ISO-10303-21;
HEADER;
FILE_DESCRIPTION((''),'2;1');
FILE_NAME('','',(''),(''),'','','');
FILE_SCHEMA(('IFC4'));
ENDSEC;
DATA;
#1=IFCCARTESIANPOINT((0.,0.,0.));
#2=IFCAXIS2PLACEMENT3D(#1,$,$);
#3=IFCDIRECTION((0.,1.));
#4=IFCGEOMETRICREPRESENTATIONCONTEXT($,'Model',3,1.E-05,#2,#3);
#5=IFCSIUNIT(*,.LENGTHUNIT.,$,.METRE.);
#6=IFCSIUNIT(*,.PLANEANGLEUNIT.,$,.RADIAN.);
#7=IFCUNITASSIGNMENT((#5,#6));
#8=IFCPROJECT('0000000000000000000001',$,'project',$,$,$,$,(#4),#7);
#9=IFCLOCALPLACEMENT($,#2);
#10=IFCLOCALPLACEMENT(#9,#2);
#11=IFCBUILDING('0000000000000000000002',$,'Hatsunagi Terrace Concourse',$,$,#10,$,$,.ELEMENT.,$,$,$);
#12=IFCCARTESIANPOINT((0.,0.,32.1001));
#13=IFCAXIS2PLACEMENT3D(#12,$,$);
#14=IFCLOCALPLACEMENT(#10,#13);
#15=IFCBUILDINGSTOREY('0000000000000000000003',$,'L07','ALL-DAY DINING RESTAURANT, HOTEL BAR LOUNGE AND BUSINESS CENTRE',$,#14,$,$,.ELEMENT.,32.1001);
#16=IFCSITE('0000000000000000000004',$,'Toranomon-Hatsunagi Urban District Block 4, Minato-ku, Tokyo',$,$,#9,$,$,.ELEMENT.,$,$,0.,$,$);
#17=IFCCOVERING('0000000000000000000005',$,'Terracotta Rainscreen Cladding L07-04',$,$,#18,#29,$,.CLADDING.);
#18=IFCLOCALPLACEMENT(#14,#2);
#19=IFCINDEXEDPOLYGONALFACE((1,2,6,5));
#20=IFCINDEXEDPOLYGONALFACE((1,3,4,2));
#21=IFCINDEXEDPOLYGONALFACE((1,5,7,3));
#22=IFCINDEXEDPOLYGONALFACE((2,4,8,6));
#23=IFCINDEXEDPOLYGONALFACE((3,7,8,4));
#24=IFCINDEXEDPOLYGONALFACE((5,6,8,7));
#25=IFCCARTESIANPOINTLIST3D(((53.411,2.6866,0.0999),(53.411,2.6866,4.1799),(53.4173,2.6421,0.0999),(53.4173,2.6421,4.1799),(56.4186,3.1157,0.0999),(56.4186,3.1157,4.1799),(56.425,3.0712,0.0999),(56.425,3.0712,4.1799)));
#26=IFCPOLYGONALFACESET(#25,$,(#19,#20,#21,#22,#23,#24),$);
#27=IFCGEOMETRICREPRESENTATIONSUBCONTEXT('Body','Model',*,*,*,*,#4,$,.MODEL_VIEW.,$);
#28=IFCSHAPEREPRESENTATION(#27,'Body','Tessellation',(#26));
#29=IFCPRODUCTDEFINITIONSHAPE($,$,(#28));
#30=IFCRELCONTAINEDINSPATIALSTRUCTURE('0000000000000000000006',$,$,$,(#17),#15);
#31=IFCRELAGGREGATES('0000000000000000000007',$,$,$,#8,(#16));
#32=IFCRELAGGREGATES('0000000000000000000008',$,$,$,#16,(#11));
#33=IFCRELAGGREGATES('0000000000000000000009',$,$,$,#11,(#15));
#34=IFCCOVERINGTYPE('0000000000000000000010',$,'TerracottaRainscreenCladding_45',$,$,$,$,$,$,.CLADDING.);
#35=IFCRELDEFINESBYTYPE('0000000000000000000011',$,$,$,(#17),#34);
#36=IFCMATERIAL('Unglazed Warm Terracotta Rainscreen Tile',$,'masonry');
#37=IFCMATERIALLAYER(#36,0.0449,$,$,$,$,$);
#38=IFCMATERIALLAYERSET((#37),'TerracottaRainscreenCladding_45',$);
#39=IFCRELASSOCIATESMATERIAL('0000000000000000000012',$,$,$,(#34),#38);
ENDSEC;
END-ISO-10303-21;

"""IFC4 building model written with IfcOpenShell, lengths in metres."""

from ifc_helpers import new_model, si_unit, direction, frame, origin, origin_2d, place, context, subcontext, project, spatial, rectangle, extrude, material, layer, layer_set, type_object, element, save


model = new_model("IFC4")

# Units and contexts
model_context = context("Model", 3, precision=1e-05, world=origin(), true_north=direction((0.0, 1.0)))
body_context = subcontext(model_context, "Body", "Model", "MODEL_VIEW")
ifc_project = project(units=[si_unit("LENGTHUNIT", "METRE"), si_unit("PLANEANGLEUNIT", "RADIAN")], contexts=[model_context])

# Site, building, storey
site_placement = place(None, origin())
site = spatial("IfcSite", under=ifc_project, at=site_placement, Name="Toranomon-Hatsunagi Urban District Block 4, Minato-ku, Tokyo", CompositionType="ELEMENT", RefElevation=0.0)
building_placement = place(site_placement, origin())
building = spatial("IfcBuilding", under=site, at=building_placement, Name="Hatsunagi Terrace Concourse", CompositionType="ELEMENT")
storey_placement = place(building_placement, frame((0.0, 0.0, 32.1001)))
storey = spatial("IfcBuildingStorey", under=building, at=storey_placement, Name="L07", Description="ALL-DAY DINING RESTAURANT, HOTEL BAR LOUNGE AND BUSINESS CENTRE", CompositionType="ELEMENT", Elevation=32.1001)

# Covering
ifc_material_1 = material(Name="Unglazed Warm Terracotta Rainscreen Tile", Category="masonry")
ifc_layer_1 = layer(ifc_material_1, 0.0449)
ifc_layer_set_1 = layer_set([ifc_layer_1], Name="TerracottaRainscreenCladding_45")
covering_type = type_object("IfcCoveringType", Name="TerracottaRainscreenCladding_45", PredefinedType="CLADDING", material=ifc_layer_set_1)
covering_placement = place(storey_placement, frame((54.918, 2.8789, 0.0999), z_axis=(0.0, 0.0, 1.0), x_axis=(-0.989974, -0.14125, 0.0)))
element("IfcCovering", 1, at=covering_placement, inside=storey, type_object=covering_type, Name="Terracotta Rainscreen Cladding L07-04", PredefinedType="CLADDING", context=body_context, shape_type="SweptSolid", body=[
    extrude(rectangle(XDim=3.0381, YDim=0.0449, at=origin_2d()), origin(), (0.0, 0.0, 1.0), 4.0801),
])

save(model, "model.ifc")
